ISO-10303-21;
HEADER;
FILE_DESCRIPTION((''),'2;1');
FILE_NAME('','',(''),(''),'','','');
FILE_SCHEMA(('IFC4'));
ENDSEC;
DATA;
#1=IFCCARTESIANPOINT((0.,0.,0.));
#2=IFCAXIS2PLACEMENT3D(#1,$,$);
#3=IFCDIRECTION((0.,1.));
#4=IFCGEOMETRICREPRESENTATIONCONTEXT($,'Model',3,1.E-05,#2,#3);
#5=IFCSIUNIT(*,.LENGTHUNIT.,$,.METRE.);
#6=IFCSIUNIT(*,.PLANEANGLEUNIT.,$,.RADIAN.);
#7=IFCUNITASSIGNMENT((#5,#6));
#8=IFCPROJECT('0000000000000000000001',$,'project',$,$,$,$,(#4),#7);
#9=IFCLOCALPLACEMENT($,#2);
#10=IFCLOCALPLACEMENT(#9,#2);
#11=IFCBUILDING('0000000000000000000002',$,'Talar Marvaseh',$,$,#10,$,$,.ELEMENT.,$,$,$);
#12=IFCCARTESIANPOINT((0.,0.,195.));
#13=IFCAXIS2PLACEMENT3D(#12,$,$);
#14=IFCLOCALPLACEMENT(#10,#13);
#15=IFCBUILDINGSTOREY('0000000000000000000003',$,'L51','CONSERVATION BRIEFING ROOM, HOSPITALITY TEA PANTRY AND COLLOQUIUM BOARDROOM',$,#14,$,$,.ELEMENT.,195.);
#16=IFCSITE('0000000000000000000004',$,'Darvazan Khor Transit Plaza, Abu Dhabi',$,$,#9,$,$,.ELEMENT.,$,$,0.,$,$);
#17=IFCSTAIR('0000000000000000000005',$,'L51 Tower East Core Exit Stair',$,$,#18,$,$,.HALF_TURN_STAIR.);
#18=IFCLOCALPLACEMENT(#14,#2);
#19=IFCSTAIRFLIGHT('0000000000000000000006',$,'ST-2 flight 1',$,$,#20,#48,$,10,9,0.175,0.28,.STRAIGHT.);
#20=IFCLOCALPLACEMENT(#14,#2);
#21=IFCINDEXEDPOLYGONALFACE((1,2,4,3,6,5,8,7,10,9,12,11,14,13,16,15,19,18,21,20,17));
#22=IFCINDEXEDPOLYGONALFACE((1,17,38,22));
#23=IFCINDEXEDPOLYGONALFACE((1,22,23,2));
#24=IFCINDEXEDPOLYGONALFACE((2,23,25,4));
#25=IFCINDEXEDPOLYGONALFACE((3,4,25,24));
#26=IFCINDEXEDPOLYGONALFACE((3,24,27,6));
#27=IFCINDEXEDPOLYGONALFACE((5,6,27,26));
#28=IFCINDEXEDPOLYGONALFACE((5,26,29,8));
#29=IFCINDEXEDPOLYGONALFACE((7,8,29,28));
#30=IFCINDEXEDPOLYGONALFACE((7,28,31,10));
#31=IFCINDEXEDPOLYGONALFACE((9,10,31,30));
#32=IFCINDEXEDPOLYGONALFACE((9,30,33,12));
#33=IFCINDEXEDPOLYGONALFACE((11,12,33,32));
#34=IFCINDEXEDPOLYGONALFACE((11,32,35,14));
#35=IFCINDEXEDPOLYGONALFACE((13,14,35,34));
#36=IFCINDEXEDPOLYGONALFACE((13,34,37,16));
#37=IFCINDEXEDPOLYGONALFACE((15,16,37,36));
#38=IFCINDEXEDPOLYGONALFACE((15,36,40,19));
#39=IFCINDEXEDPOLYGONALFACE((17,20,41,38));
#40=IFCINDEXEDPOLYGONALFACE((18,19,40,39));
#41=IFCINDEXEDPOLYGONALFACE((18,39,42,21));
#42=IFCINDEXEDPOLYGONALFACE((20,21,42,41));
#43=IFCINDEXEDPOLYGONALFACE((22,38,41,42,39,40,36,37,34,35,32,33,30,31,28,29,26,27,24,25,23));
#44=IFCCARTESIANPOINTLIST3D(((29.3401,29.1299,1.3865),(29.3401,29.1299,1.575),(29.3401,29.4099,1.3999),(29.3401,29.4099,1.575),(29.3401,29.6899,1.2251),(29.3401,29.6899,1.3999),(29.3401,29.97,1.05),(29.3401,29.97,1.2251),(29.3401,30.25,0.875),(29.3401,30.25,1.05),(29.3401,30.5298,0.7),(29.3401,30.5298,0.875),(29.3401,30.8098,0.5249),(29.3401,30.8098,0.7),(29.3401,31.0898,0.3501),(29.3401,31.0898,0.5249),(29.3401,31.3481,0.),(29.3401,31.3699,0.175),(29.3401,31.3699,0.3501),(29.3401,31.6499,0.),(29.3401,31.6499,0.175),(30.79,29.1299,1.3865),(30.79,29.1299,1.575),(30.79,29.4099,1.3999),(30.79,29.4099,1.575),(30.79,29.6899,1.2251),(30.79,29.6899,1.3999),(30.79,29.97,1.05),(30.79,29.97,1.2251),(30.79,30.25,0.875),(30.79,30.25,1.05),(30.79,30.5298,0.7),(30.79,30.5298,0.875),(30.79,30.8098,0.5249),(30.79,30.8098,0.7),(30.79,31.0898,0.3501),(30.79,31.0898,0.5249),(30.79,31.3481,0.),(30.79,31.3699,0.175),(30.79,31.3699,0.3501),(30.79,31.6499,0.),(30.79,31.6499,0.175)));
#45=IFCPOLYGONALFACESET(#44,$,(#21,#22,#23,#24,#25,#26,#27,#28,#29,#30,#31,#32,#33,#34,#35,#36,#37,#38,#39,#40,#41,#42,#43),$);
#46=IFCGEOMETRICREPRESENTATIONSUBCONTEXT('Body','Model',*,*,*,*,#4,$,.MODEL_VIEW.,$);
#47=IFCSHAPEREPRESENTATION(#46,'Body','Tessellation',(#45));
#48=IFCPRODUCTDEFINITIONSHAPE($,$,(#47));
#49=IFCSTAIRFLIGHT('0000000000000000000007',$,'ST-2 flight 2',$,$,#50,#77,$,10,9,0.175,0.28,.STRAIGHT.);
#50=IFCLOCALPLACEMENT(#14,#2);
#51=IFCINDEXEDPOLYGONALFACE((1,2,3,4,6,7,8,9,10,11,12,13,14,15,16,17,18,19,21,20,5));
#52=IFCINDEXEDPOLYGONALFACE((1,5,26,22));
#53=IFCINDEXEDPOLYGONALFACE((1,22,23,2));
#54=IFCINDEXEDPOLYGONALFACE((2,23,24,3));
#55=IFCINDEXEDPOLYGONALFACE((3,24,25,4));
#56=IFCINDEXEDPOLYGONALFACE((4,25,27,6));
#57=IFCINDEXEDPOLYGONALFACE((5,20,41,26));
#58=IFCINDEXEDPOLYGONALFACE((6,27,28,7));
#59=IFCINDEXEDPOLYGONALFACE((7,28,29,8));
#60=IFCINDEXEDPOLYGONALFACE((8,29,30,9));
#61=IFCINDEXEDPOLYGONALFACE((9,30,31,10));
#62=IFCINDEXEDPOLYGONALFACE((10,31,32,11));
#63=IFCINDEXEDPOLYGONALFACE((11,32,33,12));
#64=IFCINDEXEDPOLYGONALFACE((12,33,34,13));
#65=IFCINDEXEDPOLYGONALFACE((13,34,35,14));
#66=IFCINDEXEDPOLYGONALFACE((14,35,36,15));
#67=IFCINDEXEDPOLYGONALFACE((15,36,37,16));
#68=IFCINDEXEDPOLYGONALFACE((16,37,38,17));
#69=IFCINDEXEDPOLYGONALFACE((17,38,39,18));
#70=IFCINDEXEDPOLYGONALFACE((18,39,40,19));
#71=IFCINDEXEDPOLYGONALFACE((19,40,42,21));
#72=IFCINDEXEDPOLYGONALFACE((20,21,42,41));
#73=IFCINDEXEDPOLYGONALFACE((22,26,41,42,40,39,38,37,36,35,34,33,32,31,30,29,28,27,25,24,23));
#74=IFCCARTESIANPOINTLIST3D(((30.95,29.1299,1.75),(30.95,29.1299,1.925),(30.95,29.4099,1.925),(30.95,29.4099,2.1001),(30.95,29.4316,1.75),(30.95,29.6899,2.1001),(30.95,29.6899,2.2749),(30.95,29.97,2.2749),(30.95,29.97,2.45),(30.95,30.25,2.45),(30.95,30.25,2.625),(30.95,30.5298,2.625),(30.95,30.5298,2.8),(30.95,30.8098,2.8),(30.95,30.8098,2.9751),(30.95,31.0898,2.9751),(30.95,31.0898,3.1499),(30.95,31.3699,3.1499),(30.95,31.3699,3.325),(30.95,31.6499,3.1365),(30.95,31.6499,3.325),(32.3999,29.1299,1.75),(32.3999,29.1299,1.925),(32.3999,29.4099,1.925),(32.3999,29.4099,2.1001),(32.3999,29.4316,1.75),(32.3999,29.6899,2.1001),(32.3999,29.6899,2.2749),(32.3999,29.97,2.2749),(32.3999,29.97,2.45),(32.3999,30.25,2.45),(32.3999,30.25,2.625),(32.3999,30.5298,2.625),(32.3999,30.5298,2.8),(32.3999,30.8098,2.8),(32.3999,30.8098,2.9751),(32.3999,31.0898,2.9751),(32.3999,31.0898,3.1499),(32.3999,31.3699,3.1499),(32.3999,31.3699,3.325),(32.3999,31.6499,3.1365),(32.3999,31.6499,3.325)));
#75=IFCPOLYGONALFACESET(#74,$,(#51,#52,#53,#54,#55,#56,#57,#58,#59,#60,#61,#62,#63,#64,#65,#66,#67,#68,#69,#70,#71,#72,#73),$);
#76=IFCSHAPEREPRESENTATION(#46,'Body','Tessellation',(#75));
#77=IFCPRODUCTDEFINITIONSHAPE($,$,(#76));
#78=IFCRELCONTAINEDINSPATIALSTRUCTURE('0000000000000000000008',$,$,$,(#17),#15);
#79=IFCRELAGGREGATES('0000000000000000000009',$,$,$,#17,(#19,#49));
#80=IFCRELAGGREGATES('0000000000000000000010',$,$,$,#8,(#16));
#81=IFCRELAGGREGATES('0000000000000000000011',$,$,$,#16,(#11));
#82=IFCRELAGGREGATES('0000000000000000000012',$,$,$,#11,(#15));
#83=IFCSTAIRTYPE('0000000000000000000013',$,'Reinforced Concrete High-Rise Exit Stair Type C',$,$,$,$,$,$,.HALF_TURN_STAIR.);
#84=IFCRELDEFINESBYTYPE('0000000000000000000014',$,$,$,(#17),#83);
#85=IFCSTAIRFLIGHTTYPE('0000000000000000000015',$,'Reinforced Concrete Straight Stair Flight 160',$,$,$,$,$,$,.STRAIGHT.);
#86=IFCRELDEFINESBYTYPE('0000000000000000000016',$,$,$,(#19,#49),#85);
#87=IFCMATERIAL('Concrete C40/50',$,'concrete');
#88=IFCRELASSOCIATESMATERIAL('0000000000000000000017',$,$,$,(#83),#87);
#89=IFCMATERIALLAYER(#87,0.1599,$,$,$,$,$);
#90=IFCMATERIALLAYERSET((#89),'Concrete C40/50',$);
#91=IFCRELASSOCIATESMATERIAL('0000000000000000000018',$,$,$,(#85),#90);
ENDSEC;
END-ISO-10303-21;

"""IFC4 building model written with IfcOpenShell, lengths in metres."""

from ifc_helpers import new_model, si_unit, direction, frame, origin, place, context, subcontext, project, spatial, polyline, outline, extrude, material, layer, layer_set, type_object, element, aggregate, save


model = new_model("IFC4")

# Units and contexts
model_context = context("Model", 3, precision=1e-05, world=origin(), true_north=direction((0.0, 1.0)))
body_context = subcontext(model_context, "Body", "Model", "MODEL_VIEW")
ifc_project = project(units=[si_unit("LENGTHUNIT", "METRE"), si_unit("PLANEANGLEUNIT", "RADIAN")], contexts=[model_context])

# Site, building, storey
site_placement = place(None, origin())
site = spatial("IfcSite", under=ifc_project, at=site_placement, Name="Darvazan Khor Transit Plaza, Abu Dhabi", CompositionType="ELEMENT", RefElevation=0.0)
building_placement = place(site_placement, origin())
building = spatial("IfcBuilding", under=site, at=building_placement, Name="Talar Marvaseh", CompositionType="ELEMENT")
storey_placement = place(building_placement, frame((0.0, 0.0, 195.0)))
storey = spatial("IfcBuildingStorey", under=building, at=storey_placement, Name="L51", Description="CONSERVATION BRIEFING ROOM, HOSPITALITY TEA PANTRY AND COLLOQUIUM BOARDROOM", CompositionType="ELEMENT", Elevation=195.0)

# Shared definitions
ifc_material_1 = material(Name="Concrete C40/50", Category="concrete")

# Stair, stair flights
stair_type = type_object("IfcStairType", Name="Reinforced Concrete High-Rise Exit Stair Type C", PredefinedType="HALF_TURN_STAIR", material=ifc_material_1)
stair_placement = place(storey_placement, origin())
stair = element("IfcStair", 1, at=stair_placement, inside=storey, type_object=stair_type, Name="L51 Tower East Core Exit Stair", PredefinedType="HALF_TURN_STAIR")
ifc_layer_1 = layer(ifc_material_1, 0.1599)
ifc_layer_set_1 = layer_set([ifc_layer_1], Name="Concrete C40/50")
stair_flight_type = type_object("IfcStairFlightType", Name="Reinforced Concrete Straight Stair Flight 160", PredefinedType="STRAIGHT", material=ifc_layer_set_1)
stair_flight_1_placement = place(storey_placement, frame((30.0649, 31.6499, 0.0), z_axis=(0.0, 0.0, 1.0), x_axis=(0.0, -1.0, 0.0)))
stair_flight_1 = element("IfcStairFlight", 2, at=stair_flight_1_placement, type_object=stair_flight_type, Name="ST-2 flight 1", NumberOfRisers=10, NumberOfTreads=9, PredefinedType="STRAIGHT", RiserHeight=0.175, TreadLength=0.28, context=body_context, shape_type="SweptSolid", body=[
    extrude(outline(polyline([(0.0, 0.0), (0.0, 0.175), (0.28, 0.175), (0.28, 0.3501), (0.5601, 0.3501), (0.5601, 0.5249), (0.8401, 0.5249), (0.8401, 0.7), (1.1201, 0.7), (1.1201, 0.875), (1.3999, 0.875), (1.3999, 1.05), (1.6799, 1.05), (1.6799, 1.2251), (1.96, 1.2251), (1.96, 1.3999), (2.24, 1.3999), (2.24, 1.575), (2.52, 1.575), (2.52, 1.75), (2.52, 1.3865), (0.3018, 0.0), (0.0, 0.0)])), frame((0.0, 0.7251, 0.0), z_axis=(0.0, -1.0, 0.0), x_axis=(1.0, 0.0, 0.0)), (0.0, 0.0, 1.0), 1.45),
])
stair_flight_2_placement = place(storey_placement, frame((31.675, 29.1299, 1.75), z_axis=(0.0, 0.0, 1.0), x_axis=(0.0, 1.0, 0.0)))
stair_flight_2 = element("IfcStairFlight", 3, at=stair_flight_2_placement, type_object=stair_flight_type, Name="ST-2 flight 2", NumberOfRisers=10, NumberOfTreads=9, PredefinedType="STRAIGHT", RiserHeight=0.175, TreadLength=0.28, context=body_context, shape_type="SweptSolid", body=[
    extrude(outline(polyline([(0.0, 0.0), (0.0, 0.175), (0.28, 0.175), (0.28, 0.3501), (0.5601, 0.3501), (0.5601, 0.5249), (0.8401, 0.5249), (0.8401, 0.7), (1.1201, 0.7), (1.1201, 0.875), (1.3999, 0.875), (1.3999, 1.05), (1.6799, 1.05), (1.6799, 1.2251), (1.96, 1.2251), (1.96, 1.3999), (2.24, 1.3999), (2.24, 1.575), (2.52, 1.575), (2.52, 1.75), (2.52, 1.3865), (0.3018, 0.0), (0.0, 0.0)])), frame((0.0, 0.7251, 0.0), z_axis=(0.0, -1.0, 0.0), x_axis=(1.0, 0.0, 0.0)), (0.0, 0.0, 1.0), 1.45),
])
aggregate(stair, [stair_flight_1, stair_flight_2])

save(model, "model.ifc")
